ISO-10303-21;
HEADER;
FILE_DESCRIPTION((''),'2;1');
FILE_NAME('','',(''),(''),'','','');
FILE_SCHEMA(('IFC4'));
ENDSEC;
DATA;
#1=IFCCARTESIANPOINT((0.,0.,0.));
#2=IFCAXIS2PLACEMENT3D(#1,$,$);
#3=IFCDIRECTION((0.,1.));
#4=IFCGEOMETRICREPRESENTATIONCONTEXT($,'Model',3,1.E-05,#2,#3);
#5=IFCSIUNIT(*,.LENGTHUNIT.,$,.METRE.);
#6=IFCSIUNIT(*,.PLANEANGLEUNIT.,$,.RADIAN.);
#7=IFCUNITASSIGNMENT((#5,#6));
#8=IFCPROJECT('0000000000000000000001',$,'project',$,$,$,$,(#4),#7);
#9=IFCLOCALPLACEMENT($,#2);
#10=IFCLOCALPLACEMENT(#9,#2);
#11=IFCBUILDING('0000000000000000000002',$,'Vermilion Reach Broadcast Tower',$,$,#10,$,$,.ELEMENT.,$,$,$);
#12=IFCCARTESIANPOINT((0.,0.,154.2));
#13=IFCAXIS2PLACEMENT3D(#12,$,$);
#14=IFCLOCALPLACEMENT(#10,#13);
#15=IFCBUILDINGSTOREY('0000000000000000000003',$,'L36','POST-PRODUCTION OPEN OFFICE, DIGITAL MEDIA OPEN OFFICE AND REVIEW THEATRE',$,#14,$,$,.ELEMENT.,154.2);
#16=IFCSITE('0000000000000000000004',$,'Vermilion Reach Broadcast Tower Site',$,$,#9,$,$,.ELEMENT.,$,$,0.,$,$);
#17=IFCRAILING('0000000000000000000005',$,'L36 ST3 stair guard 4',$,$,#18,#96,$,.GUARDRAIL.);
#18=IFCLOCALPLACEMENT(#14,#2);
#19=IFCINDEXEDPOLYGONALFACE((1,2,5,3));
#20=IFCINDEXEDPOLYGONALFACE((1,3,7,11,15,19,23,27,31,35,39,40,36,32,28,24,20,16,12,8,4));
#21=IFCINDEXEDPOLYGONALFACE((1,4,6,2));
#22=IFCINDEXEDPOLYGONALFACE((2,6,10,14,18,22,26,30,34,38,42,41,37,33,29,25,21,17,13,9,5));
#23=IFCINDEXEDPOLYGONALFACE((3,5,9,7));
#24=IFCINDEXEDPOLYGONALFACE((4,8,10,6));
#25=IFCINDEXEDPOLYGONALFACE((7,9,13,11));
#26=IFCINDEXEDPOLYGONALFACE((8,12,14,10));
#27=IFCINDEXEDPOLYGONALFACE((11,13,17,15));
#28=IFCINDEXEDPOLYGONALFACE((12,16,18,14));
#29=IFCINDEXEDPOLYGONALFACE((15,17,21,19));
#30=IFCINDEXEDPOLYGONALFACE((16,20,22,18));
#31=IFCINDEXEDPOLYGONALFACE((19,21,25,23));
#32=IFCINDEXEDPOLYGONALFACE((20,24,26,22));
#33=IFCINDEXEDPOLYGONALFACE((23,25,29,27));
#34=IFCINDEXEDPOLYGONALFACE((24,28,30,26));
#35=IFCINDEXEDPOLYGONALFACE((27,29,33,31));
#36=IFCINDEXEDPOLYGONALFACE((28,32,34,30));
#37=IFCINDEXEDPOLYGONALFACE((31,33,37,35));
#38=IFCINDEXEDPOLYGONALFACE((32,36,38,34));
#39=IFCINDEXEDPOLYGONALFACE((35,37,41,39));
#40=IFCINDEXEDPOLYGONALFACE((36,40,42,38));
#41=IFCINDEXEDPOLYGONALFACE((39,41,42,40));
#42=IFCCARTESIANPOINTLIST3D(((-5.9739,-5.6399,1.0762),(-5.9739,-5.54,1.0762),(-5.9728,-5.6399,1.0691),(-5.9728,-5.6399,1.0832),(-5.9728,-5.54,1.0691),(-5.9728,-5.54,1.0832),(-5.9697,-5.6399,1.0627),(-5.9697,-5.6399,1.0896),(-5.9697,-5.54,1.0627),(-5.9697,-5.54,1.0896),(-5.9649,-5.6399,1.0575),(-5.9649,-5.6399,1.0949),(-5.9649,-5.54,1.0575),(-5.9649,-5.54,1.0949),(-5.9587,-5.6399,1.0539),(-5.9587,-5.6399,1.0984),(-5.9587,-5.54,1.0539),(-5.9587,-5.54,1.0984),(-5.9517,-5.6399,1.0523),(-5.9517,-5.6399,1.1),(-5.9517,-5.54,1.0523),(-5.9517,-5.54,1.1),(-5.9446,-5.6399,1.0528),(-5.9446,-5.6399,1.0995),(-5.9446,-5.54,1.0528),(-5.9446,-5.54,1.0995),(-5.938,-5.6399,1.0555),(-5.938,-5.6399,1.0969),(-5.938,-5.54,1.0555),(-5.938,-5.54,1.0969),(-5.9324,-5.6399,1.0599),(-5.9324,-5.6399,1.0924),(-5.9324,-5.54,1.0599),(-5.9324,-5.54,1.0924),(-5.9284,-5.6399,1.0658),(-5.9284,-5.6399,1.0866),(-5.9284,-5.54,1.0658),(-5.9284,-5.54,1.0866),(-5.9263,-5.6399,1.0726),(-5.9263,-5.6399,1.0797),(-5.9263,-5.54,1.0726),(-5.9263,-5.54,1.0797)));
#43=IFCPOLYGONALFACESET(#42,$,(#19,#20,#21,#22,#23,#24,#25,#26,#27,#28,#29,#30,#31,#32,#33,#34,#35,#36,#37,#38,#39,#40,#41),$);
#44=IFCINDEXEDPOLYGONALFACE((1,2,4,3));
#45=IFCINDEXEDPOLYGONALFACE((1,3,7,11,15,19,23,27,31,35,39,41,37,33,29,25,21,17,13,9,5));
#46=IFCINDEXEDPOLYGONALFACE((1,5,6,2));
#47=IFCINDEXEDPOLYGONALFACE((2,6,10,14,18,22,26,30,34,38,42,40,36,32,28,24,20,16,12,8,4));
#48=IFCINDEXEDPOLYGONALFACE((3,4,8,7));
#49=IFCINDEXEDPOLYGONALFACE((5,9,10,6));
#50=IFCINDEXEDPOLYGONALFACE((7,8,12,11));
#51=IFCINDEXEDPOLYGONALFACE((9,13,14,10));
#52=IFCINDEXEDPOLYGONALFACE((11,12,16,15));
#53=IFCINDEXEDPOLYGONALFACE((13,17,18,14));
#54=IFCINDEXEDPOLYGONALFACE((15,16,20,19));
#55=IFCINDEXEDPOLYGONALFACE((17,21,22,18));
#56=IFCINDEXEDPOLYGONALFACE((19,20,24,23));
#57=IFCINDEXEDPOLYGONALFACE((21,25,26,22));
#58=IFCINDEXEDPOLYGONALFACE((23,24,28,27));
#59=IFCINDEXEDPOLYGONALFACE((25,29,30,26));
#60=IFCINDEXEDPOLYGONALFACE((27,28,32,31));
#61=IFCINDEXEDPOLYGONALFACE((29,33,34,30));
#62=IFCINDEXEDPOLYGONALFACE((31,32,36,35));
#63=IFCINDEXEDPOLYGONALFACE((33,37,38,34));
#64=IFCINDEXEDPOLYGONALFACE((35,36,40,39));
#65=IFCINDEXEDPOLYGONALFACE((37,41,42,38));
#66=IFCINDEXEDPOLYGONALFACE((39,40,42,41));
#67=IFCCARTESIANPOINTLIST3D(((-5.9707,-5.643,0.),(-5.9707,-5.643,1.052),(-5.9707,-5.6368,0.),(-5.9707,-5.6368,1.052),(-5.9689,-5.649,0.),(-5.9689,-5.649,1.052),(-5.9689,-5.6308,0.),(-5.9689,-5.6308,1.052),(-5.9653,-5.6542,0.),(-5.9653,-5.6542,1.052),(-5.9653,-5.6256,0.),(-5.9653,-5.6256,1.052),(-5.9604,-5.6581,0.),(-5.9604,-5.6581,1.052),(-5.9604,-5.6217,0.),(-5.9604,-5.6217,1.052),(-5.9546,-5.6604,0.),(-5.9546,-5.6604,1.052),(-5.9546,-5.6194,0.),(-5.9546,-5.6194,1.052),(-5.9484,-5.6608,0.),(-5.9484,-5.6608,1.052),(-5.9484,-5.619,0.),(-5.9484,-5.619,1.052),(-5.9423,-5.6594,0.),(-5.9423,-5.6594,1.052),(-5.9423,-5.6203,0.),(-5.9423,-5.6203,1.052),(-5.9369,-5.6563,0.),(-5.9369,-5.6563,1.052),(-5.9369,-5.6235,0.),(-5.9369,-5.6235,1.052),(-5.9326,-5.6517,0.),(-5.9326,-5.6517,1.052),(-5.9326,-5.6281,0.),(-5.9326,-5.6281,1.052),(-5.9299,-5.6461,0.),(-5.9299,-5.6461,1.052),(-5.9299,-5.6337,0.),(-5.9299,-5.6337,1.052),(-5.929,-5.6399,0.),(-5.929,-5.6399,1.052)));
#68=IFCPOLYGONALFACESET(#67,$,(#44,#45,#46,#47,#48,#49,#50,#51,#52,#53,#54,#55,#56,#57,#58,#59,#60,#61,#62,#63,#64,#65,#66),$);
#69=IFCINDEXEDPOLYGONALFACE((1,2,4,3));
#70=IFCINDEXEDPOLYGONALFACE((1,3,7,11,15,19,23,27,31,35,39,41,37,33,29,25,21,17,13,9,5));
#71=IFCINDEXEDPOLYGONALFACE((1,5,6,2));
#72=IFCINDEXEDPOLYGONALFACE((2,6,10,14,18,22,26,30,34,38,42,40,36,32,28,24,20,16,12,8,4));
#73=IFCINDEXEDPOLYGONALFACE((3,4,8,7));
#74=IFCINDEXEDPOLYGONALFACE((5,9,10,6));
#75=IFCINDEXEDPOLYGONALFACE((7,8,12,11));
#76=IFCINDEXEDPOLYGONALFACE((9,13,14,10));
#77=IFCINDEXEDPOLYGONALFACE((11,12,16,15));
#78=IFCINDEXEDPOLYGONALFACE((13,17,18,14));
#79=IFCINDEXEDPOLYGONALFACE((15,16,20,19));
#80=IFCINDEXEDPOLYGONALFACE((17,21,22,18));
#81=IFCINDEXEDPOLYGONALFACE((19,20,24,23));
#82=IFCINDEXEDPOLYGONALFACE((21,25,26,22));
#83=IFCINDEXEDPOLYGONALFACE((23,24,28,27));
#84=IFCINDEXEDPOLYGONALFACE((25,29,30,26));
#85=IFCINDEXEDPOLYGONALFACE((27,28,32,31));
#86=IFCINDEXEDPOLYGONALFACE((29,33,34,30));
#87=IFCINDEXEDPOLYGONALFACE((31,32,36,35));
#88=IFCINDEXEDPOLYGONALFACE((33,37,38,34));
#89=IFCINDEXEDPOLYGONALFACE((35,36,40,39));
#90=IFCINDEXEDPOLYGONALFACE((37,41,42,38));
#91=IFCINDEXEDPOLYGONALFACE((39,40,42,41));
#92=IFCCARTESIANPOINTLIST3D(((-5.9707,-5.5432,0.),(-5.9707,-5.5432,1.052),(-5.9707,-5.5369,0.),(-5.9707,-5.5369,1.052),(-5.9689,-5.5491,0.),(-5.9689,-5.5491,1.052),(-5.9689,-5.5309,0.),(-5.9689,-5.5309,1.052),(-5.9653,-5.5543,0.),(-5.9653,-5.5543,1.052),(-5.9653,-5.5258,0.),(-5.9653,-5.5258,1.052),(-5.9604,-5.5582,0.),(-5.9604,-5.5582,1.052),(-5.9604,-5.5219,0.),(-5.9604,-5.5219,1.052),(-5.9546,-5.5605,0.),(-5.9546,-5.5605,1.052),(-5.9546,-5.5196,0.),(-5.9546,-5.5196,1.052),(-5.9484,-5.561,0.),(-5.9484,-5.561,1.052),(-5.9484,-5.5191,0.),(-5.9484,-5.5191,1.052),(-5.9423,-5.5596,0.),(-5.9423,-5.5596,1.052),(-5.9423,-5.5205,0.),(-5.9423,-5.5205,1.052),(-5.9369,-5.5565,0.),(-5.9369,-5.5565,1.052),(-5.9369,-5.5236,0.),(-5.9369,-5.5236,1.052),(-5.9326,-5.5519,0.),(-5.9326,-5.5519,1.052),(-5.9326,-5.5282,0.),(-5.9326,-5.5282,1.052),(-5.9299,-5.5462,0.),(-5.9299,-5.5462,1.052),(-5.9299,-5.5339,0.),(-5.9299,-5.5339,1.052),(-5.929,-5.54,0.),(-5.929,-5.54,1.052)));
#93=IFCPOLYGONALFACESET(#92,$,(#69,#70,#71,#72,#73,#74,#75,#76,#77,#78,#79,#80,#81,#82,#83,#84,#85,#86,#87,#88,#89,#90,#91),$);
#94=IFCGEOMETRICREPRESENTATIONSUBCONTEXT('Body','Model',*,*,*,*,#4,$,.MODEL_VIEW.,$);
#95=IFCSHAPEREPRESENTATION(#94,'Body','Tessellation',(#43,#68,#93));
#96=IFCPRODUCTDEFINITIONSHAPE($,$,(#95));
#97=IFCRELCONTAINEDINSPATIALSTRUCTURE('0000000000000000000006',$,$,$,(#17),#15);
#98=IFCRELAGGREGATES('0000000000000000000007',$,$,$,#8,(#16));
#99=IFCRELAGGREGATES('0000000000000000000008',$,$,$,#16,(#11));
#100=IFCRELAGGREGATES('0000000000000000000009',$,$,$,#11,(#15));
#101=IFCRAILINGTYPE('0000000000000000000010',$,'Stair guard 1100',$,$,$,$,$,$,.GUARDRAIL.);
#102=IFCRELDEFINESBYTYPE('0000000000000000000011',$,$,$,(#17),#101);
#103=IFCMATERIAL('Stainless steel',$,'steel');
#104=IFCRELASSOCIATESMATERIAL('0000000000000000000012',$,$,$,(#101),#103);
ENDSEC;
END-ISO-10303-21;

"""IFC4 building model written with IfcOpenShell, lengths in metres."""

from ifc_helpers import new_model, si_unit, direction, frame, origin, origin_2d, place, context, subcontext, project, spatial, circle, extrude, material, type_object, element, save


model = new_model("IFC4")

# Units and contexts
model_context = context("Model", 3, precision=1e-05, world=origin(), true_north=direction((0.0, 1.0)))
body_context = subcontext(model_context, "Body", "Model", "MODEL_VIEW")
ifc_project = project(units=[si_unit("LENGTHUNIT", "METRE"), si_unit("PLANEANGLEUNIT", "RADIAN")], contexts=[model_context])

# Site, building, storey
site_placement = place(None, origin())
site = spatial("IfcSite", under=ifc_project, at=site_placement, Name="Vermilion Reach Broadcast Tower Site", CompositionType="ELEMENT", RefElevation=0.0)
building_placement = place(site_placement, origin())
building = spatial("IfcBuilding", under=site, at=building_placement, Name="Vermilion Reach Broadcast Tower", CompositionType="ELEMENT")
storey_placement = place(building_placement, frame((0.0, 0.0, 154.2)))
storey = spatial("IfcBuildingStorey", under=building, at=storey_placement, Name="L36", Description="POST-PRODUCTION OPEN OFFICE, DIGITAL MEDIA OPEN OFFICE AND REVIEW THEATRE", CompositionType="ELEMENT", Elevation=154.2)

# Railing
ifc_material_1 = material(Name="Stainless steel", Category="steel")
railing_type = type_object("IfcRailingType", Name="Stair guard 1100", PredefinedType="GUARDRAIL", material=ifc_material_1)
railing_1_placement = place(storey_placement, frame((-5.95, -5.6399, 0.0)))
element("IfcRailing", 1, at=railing_1_placement, inside=storey, type_object=railing_type, Name="L36 ST3 stair guard 4", PredefinedType="GUARDRAIL", context=body_context, shape_type="SweptSolid", body=[
    extrude(circle(Radius=0.0239, at=origin_2d()), frame((0.0, 0.0, 1.0762), z_axis=(0.0, 1.0, 0.0), x_axis=(-1.0, 0.0, 0.0)), (0.0, 0.0, 1.0), 0.0999),
    extrude(circle(Radius=0.021, at=origin_2d()), origin(), (0.0, 0.0, 1.0), 1.052),
    extrude(circle(Radius=0.021, at=origin_2d()), frame((0.0, 0.0999, 0.0)), (0.0, 0.0, 1.0), 1.052),
])

save(model, "model.ifc")
